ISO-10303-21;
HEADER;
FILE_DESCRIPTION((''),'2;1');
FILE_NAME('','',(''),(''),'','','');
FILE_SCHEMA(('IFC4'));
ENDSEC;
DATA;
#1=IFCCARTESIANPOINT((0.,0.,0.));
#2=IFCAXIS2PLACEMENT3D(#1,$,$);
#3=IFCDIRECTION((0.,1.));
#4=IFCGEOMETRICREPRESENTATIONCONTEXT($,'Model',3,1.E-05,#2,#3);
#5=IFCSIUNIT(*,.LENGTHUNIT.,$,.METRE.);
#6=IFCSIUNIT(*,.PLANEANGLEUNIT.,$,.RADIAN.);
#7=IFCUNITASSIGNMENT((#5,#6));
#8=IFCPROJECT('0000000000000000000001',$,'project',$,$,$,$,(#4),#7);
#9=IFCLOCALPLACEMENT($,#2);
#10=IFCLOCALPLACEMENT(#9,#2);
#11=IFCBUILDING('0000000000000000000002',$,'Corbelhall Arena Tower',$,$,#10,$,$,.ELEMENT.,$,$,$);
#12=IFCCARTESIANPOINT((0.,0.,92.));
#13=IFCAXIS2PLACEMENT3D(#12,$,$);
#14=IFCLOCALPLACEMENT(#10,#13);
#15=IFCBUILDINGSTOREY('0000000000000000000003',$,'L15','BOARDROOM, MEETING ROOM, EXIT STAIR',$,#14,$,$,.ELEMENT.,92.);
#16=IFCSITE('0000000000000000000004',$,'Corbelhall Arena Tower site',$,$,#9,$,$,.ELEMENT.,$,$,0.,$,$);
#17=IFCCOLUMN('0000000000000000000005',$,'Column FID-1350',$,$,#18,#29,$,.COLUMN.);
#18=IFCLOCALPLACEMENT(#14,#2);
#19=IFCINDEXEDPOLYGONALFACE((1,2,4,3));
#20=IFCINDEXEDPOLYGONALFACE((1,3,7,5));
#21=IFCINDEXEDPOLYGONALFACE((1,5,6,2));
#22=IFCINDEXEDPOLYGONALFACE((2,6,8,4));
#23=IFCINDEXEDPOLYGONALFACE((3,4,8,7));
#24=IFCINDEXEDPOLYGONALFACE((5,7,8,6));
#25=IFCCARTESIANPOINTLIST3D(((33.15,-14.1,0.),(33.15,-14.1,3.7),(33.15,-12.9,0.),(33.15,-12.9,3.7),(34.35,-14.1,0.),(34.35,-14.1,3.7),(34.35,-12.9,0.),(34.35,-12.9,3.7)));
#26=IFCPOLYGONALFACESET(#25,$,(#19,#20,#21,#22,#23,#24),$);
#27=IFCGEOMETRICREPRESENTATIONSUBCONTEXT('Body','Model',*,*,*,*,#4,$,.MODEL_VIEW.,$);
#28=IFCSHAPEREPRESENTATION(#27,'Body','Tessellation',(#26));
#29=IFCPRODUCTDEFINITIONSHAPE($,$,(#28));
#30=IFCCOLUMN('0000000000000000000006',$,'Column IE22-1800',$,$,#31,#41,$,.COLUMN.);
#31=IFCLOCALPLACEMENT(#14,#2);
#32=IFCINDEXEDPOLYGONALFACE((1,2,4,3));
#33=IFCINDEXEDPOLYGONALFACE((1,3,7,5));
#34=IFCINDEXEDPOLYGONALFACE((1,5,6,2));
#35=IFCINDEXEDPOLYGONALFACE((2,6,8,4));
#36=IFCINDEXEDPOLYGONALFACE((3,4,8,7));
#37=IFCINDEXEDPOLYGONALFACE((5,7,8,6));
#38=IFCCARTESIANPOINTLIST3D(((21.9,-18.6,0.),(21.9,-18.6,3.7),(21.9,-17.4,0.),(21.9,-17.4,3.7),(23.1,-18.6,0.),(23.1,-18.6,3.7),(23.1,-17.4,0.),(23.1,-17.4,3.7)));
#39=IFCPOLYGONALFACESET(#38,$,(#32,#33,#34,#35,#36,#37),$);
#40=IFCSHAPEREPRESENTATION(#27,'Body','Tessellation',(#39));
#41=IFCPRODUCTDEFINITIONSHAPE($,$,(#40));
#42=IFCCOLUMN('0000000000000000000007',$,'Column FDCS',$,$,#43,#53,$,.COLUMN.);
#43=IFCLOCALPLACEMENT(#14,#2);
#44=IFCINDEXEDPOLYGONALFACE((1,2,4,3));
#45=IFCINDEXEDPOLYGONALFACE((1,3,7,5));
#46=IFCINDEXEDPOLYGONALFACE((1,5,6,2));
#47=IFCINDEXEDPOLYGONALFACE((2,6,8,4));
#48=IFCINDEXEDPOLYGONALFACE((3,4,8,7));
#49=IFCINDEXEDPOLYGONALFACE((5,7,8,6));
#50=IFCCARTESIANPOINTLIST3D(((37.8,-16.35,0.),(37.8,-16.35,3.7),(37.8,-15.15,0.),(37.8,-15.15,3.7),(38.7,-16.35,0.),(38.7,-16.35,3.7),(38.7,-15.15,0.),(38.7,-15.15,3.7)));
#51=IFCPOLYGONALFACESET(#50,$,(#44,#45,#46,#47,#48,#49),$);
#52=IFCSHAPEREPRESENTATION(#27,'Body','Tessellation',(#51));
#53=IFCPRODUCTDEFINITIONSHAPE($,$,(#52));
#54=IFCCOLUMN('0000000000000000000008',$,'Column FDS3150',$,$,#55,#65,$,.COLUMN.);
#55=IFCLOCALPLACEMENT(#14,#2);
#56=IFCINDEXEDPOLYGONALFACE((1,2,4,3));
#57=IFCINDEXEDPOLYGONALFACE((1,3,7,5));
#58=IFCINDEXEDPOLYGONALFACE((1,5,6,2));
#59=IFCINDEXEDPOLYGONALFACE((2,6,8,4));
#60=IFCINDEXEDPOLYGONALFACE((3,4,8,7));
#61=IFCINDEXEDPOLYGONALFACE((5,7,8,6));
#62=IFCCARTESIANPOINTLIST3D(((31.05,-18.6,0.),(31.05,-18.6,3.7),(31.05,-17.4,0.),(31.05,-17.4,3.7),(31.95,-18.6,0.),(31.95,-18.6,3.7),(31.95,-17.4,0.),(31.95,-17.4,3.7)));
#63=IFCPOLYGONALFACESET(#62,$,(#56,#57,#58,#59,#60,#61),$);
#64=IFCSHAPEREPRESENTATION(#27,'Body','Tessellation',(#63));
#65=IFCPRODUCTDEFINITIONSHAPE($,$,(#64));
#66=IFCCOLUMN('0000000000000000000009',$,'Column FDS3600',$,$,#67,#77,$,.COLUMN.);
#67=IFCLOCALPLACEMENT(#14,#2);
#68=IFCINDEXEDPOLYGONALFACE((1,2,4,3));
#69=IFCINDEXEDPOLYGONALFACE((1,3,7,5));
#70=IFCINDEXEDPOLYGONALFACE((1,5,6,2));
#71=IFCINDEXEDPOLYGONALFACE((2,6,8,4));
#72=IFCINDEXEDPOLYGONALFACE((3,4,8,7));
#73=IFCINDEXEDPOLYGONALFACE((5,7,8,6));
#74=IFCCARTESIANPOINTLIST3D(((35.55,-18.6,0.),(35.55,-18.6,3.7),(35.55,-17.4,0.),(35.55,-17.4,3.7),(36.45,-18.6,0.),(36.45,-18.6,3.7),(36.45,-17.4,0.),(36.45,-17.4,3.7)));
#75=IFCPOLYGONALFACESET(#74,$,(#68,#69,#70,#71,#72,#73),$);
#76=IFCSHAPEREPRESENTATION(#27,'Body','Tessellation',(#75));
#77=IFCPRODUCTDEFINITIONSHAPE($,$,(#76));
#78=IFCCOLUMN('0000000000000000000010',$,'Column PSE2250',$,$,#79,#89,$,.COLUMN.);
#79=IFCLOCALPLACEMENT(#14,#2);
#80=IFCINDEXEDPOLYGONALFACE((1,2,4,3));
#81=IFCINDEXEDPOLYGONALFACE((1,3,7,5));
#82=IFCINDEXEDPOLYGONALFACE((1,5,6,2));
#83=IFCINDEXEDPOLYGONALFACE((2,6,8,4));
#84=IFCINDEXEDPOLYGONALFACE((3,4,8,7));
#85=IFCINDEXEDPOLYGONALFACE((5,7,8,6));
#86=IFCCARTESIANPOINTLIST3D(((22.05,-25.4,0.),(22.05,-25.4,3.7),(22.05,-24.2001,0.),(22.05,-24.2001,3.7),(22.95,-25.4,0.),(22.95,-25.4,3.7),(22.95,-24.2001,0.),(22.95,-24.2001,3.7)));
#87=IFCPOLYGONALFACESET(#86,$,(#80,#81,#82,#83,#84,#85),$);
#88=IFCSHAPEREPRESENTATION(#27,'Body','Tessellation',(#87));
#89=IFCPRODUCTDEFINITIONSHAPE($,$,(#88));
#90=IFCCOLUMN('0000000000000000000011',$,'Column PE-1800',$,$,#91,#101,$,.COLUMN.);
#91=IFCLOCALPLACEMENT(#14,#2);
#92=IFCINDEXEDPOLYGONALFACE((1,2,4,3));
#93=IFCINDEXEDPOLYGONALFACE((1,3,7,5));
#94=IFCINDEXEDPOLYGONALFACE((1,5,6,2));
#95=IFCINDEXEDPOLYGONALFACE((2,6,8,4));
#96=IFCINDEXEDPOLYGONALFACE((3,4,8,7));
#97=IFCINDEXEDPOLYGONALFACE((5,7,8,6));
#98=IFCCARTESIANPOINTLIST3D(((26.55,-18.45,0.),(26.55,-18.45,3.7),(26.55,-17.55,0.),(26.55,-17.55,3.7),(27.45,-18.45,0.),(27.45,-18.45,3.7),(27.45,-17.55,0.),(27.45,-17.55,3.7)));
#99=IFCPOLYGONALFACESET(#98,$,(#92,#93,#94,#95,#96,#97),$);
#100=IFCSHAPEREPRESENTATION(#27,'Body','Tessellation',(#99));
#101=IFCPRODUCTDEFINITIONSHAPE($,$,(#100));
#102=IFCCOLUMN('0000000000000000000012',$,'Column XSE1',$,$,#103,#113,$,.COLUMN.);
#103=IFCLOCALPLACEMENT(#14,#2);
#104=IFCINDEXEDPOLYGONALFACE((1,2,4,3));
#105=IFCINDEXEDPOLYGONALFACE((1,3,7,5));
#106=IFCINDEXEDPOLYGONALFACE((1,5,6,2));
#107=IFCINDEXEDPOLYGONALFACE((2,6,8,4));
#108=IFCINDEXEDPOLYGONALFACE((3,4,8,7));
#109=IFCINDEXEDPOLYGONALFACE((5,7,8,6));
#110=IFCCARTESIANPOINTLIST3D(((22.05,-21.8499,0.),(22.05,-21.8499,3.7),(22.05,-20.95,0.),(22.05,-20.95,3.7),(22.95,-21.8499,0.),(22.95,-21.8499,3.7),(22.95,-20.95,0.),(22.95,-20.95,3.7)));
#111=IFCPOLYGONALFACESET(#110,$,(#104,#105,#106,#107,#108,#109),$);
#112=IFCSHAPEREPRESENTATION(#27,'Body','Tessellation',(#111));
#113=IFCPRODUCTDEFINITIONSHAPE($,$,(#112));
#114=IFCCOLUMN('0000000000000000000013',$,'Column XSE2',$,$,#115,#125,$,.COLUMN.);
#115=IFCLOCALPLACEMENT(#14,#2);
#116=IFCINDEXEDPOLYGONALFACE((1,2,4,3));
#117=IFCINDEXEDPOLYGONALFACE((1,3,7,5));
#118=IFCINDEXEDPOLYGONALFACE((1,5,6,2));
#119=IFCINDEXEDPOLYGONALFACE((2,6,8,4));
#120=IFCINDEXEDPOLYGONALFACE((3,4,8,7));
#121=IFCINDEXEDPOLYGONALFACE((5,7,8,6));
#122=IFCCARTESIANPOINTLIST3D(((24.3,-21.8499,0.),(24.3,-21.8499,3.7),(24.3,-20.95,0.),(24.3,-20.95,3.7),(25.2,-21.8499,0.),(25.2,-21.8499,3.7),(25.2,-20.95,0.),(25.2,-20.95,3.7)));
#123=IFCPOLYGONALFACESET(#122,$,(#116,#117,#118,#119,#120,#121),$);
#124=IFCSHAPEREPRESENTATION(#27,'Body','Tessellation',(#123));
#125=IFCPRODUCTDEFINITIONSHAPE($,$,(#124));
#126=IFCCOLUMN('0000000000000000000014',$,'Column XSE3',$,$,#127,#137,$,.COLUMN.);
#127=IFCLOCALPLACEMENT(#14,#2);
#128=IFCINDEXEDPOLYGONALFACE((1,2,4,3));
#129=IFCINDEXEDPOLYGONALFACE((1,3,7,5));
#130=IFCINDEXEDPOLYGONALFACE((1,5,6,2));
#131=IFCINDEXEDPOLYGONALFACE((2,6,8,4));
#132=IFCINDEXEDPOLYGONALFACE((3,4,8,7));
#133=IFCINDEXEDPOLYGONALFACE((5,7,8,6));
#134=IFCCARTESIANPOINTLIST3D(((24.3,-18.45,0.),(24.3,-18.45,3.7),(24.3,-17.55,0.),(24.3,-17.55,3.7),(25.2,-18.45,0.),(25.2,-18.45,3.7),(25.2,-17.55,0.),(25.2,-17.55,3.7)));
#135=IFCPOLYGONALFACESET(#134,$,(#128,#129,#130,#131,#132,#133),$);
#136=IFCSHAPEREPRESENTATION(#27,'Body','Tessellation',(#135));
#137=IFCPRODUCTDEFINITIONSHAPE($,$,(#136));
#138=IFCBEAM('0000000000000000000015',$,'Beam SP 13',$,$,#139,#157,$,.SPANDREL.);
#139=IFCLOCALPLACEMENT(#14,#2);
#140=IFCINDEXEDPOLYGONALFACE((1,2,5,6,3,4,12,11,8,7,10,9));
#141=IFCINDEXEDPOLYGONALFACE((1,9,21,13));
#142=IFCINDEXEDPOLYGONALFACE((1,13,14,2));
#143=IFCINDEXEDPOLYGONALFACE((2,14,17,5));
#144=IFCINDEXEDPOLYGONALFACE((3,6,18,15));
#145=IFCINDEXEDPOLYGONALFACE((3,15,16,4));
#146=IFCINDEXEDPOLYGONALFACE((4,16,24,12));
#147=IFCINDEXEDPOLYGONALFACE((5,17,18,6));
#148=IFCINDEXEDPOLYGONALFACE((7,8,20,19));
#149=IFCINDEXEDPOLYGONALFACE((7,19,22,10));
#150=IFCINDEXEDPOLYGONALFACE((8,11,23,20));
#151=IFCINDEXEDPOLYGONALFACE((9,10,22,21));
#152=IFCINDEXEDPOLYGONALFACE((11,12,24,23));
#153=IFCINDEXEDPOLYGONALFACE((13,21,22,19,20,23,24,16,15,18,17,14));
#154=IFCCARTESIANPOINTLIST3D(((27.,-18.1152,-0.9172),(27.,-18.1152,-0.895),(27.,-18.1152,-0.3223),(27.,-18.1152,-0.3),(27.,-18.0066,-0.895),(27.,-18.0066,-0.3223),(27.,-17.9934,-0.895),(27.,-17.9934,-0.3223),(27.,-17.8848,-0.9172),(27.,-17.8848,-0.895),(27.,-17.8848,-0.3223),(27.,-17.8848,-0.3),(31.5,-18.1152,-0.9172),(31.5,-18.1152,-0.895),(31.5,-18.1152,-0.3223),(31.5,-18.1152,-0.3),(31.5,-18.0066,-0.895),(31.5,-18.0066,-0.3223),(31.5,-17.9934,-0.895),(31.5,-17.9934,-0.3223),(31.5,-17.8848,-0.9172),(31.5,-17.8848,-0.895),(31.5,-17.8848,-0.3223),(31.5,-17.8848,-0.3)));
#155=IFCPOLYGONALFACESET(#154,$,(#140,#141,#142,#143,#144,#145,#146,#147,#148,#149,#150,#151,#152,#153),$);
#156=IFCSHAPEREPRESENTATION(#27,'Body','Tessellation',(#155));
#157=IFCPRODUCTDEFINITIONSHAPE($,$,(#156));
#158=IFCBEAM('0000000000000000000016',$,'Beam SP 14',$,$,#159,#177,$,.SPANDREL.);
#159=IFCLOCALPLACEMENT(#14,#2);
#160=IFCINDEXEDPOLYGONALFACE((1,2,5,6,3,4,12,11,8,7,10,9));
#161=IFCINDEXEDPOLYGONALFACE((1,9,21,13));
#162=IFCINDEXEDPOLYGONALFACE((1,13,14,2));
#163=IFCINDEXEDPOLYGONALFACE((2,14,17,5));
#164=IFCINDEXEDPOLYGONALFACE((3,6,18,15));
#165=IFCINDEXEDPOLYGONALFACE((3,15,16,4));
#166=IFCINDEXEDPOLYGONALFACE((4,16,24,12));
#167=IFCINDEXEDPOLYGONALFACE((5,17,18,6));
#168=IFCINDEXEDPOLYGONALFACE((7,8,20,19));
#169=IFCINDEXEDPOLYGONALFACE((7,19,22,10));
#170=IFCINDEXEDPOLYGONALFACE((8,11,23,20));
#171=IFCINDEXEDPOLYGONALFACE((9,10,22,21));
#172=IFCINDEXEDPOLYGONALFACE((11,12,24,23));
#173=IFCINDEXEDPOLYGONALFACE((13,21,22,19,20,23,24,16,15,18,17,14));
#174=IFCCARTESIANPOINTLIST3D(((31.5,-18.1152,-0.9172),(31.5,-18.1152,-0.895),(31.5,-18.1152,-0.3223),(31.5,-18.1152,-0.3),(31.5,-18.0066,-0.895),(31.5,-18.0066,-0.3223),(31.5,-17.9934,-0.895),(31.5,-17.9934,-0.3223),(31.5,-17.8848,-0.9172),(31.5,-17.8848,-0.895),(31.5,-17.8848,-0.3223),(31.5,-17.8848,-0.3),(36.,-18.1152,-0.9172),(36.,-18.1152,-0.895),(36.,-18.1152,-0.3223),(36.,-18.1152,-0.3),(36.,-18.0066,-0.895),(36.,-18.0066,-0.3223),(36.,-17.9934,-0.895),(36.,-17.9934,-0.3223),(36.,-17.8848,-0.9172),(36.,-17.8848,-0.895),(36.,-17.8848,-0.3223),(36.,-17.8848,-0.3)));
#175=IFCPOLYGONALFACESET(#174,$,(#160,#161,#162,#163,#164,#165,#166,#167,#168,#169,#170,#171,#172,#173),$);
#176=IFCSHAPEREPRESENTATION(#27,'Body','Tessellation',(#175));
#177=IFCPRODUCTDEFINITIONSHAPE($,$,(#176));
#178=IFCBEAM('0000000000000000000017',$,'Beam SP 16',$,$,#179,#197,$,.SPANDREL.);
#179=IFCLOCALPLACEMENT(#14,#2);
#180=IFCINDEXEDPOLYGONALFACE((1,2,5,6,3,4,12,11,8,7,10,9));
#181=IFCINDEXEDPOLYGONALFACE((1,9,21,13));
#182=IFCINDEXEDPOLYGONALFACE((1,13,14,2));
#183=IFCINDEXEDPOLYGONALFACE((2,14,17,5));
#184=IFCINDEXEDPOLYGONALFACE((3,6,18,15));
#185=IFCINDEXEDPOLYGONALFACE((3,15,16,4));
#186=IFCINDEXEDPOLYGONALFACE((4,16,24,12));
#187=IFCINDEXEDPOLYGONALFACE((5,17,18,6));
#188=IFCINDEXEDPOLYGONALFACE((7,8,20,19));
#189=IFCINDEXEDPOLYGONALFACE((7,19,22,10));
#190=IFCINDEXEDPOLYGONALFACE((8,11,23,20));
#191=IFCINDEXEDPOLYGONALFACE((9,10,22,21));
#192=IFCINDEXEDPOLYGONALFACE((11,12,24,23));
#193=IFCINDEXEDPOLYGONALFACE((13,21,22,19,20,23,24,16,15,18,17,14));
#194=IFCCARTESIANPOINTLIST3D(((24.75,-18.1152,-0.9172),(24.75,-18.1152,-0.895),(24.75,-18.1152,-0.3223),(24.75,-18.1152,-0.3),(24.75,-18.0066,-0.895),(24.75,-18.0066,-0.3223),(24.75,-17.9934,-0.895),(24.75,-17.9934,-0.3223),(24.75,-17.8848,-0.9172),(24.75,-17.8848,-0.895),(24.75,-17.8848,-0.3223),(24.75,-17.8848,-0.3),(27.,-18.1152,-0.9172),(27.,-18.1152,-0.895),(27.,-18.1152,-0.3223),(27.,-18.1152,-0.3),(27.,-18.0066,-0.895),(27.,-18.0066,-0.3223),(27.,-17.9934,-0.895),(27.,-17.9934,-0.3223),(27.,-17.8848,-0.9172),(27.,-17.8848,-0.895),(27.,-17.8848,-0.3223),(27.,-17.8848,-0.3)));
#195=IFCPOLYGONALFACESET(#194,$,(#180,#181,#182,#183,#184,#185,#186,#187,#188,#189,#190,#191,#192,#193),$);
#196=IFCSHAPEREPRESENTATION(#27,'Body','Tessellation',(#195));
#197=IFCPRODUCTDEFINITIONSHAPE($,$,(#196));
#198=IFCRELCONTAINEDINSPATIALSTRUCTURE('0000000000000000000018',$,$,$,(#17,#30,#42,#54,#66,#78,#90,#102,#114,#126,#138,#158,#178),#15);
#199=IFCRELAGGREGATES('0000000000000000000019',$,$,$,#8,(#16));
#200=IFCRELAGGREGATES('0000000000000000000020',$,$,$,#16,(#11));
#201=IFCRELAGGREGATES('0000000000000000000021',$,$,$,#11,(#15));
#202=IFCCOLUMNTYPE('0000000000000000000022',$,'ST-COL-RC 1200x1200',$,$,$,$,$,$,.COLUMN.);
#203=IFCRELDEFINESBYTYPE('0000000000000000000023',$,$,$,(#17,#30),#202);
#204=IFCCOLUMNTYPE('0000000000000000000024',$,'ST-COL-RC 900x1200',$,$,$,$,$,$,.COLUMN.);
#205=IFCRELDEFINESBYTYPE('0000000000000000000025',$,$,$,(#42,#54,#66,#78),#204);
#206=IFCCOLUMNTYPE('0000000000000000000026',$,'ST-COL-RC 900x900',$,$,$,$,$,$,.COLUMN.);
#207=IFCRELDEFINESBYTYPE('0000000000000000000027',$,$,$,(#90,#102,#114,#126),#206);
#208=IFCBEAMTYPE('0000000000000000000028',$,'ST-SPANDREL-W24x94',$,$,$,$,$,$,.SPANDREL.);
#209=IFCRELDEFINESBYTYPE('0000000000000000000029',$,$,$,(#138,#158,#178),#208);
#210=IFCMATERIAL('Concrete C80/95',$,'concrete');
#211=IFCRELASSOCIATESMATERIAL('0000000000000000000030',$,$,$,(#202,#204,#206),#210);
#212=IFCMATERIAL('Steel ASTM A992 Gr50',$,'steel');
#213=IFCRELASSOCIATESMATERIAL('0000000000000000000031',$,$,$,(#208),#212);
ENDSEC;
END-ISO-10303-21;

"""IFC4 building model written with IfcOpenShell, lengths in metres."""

from ifc_helpers import new_model, si_unit, direction, frame, origin, origin_2d, place, context, subcontext, project, spatial, rectangle, i_section, extrude, material, material_profile, profile_set, type_object, element, save


model = new_model("IFC4")

# Units and contexts
model_context = context("Model", 3, precision=1e-05, world=origin(), true_north=direction((0.0, 1.0)))
body_context = subcontext(model_context, "Body", "Model", "MODEL_VIEW")
ifc_project = project(units=[si_unit("LENGTHUNIT", "METRE"), si_unit("PLANEANGLEUNIT", "RADIAN")], contexts=[model_context])

# Site, building, storey
site_placement = place(None, origin())
site = spatial("IfcSite", under=ifc_project, at=site_placement, Name="Corbelhall Arena Tower site", CompositionType="ELEMENT", RefElevation=0.0)
building_placement = place(site_placement, origin())
building = spatial("IfcBuilding", under=site, at=building_placement, Name="Corbelhall Arena Tower", CompositionType="ELEMENT")
storey_placement = place(building_placement, frame((0.0, 0.0, 92.0)))
storey = spatial("IfcBuildingStorey", under=building, at=storey_placement, Name="L15", Description="BOARDROOM, MEETING ROOM, EXIT STAIR", CompositionType="ELEMENT", Elevation=92.0)

# Columns
ifc_material_1 = material(Name="Concrete C80/95", Category="concrete")
ifc_material_profile_1 = material_profile(ifc_material_1, rectangle(XDim=1.2, YDim=1.2, at=origin_2d()))
ifc_profile_set_1 = profile_set([ifc_material_profile_1], Name="Concrete C80/95")
column_type_1 = type_object("IfcColumnType", Name="ST-COL-RC 1200x1200", PredefinedType="COLUMN", material=ifc_profile_set_1)
for number, where, z_axis, x_axis, name in (
    (1, (33.75, -13.5, 0.0), (0.0, 0.0, 1.0), (1.0, 0.0, 0.0), "Column FID-1350"),
    (2, (22.5, -18.0, 0.0), (0.0, 0.0, 1.0), (1.0, 0.0, 0.0), "Column IE22-1800"),
):
    element("IfcColumn", number, at=place(storey_placement, frame(where, z_axis=z_axis, x_axis=x_axis)), inside=storey, type_object=column_type_1, Name=name, PredefinedType="COLUMN", context=body_context, shape_type="SweptSolid", body=[
        extrude(rectangle(XDim=1.2, YDim=1.2, at=origin_2d()), origin(), (0.0, 0.0, 1.0), 3.7),
    ])
ifc_material_profile_2 = material_profile(ifc_material_1, rectangle(XDim=0.8999, YDim=1.2, at=origin_2d()))
ifc_profile_set_2 = profile_set([ifc_material_profile_2], Name="Concrete C80/95")
column_type_2 = type_object("IfcColumnType", Name="ST-COL-RC 900x1200", PredefinedType="COLUMN", material=ifc_profile_set_2)
for number, where, z_axis, x_axis, name in (
    (3, (38.25, -15.75, 0.0), (0.0, 0.0, 1.0), (1.0, 0.0, 0.0), "Column FDCS"),
    (4, (31.5, -18.0, 0.0), (0.0, 0.0, 1.0), (1.0, 0.0, 0.0), "Column FDS3150"),
    (5, (36.0, -18.0, 0.0), (0.0, 0.0, 1.0), (1.0, 0.0, 0.0), "Column FDS3600"),
    (6, (22.5, -24.8, 0.0), (0.0, 0.0, 1.0), (1.0, 0.0, 0.0), "Column PSE2250"),
):
    element("IfcColumn", number, at=place(storey_placement, frame(where, z_axis=z_axis, x_axis=x_axis)), inside=storey, type_object=column_type_2, Name=name, PredefinedType="COLUMN", context=body_context, shape_type="SweptSolid", body=[
        extrude(rectangle(XDim=0.8999, YDim=1.2, at=origin_2d()), origin(), (0.0, 0.0, 1.0), 3.7),
    ])
ifc_material_profile_3 = material_profile(ifc_material_1, rectangle(XDim=0.8999, YDim=0.8999, at=origin_2d()))
ifc_profile_set_3 = profile_set([ifc_material_profile_3], Name="Concrete C80/95")
column_type_3 = type_object("IfcColumnType", Name="ST-COL-RC 900x900", PredefinedType="COLUMN", material=ifc_profile_set_3)
for number, where, z_axis, x_axis, name in (
    (7, (27.0, -18.0, 0.0), (0.0, 0.0, 1.0), (1.0, 0.0, 0.0), "Column PE-1800"),
    (8, (22.5, -21.3999, 0.0), (0.0, 0.0, 1.0), (1.0, 0.0, 0.0), "Column XSE1"),
    (9, (24.75, -21.3999, 0.0), (0.0, 0.0, 1.0), (1.0, 0.0, 0.0), "Column XSE2"),
    (10, (24.75, -18.0, 0.0), (0.0, 0.0, 1.0), (1.0, 0.0, 0.0), "Column XSE3"),
):
    element("IfcColumn", number, at=place(storey_placement, frame(where, z_axis=z_axis, x_axis=x_axis)), inside=storey, type_object=column_type_3, Name=name, PredefinedType="COLUMN", context=body_context, shape_type="SweptSolid", body=[
        extrude(rectangle(XDim=0.8999, YDim=0.8999, at=origin_2d()), origin(), (0.0, 0.0, 1.0), 3.7),
    ])

# Beams
ifc_material_2 = material(Name="Steel ASTM A992 Gr50", Category="steel")
ifc_material_profile_4 = material_profile(ifc_material_2, i_section(OverallWidth=0.2305, OverallDepth=0.6172, WebThickness=0.0132, FlangeThickness=0.0222, at=origin_2d()))
ifc_profile_set_4 = profile_set([ifc_material_profile_4], Name="Steel ASTM A992 Gr50")
beam_type = type_object("IfcBeamType", Name="ST-SPANDREL-W24x94", PredefinedType="SPANDREL", material=ifc_profile_set_4)
for number, where, z_axis, x_axis, name in (
    (11, (31.5, -18.0, -0.6086), (-1.0, 0.0, 0.0), (0.0, -1.0, 0.0), "Beam SP 13"),
    (12, (36.0, -18.0, -0.6086), (-1.0, 0.0, 0.0), (0.0, -1.0, 0.0), "Beam SP 14"),
):
    element("IfcBeam", number, at=place(storey_placement, frame(where, z_axis=z_axis, x_axis=x_axis)), inside=storey, type_object=beam_type, Name=name, PredefinedType="SPANDREL", context=body_context, shape_type="SweptSolid", body=[
        extrude(i_section(OverallWidth=0.2305, OverallDepth=0.6172, WebThickness=0.0132, FlangeThickness=0.0222, at=origin_2d()), origin(), (0.0, 0.0, 1.0), 4.5),
    ])
beam_1_placement = place(storey_placement, frame((27.0, -18.0, -0.6086), z_axis=(-1.0, 0.0, 0.0), x_axis=(0.0, -1.0, 0.0)))
element("IfcBeam", 13, at=beam_1_placement, inside=storey, type_object=beam_type, Name="Beam SP 16", PredefinedType="SPANDREL", context=body_context, shape_type="SweptSolid", body=[
    extrude(i_section(OverallWidth=0.2305, OverallDepth=0.6172, WebThickness=0.0132, FlangeThickness=0.0222, at=origin_2d()), origin(), (0.0, 0.0, 1.0), 2.25),
])

save(model, "model.ifc")
